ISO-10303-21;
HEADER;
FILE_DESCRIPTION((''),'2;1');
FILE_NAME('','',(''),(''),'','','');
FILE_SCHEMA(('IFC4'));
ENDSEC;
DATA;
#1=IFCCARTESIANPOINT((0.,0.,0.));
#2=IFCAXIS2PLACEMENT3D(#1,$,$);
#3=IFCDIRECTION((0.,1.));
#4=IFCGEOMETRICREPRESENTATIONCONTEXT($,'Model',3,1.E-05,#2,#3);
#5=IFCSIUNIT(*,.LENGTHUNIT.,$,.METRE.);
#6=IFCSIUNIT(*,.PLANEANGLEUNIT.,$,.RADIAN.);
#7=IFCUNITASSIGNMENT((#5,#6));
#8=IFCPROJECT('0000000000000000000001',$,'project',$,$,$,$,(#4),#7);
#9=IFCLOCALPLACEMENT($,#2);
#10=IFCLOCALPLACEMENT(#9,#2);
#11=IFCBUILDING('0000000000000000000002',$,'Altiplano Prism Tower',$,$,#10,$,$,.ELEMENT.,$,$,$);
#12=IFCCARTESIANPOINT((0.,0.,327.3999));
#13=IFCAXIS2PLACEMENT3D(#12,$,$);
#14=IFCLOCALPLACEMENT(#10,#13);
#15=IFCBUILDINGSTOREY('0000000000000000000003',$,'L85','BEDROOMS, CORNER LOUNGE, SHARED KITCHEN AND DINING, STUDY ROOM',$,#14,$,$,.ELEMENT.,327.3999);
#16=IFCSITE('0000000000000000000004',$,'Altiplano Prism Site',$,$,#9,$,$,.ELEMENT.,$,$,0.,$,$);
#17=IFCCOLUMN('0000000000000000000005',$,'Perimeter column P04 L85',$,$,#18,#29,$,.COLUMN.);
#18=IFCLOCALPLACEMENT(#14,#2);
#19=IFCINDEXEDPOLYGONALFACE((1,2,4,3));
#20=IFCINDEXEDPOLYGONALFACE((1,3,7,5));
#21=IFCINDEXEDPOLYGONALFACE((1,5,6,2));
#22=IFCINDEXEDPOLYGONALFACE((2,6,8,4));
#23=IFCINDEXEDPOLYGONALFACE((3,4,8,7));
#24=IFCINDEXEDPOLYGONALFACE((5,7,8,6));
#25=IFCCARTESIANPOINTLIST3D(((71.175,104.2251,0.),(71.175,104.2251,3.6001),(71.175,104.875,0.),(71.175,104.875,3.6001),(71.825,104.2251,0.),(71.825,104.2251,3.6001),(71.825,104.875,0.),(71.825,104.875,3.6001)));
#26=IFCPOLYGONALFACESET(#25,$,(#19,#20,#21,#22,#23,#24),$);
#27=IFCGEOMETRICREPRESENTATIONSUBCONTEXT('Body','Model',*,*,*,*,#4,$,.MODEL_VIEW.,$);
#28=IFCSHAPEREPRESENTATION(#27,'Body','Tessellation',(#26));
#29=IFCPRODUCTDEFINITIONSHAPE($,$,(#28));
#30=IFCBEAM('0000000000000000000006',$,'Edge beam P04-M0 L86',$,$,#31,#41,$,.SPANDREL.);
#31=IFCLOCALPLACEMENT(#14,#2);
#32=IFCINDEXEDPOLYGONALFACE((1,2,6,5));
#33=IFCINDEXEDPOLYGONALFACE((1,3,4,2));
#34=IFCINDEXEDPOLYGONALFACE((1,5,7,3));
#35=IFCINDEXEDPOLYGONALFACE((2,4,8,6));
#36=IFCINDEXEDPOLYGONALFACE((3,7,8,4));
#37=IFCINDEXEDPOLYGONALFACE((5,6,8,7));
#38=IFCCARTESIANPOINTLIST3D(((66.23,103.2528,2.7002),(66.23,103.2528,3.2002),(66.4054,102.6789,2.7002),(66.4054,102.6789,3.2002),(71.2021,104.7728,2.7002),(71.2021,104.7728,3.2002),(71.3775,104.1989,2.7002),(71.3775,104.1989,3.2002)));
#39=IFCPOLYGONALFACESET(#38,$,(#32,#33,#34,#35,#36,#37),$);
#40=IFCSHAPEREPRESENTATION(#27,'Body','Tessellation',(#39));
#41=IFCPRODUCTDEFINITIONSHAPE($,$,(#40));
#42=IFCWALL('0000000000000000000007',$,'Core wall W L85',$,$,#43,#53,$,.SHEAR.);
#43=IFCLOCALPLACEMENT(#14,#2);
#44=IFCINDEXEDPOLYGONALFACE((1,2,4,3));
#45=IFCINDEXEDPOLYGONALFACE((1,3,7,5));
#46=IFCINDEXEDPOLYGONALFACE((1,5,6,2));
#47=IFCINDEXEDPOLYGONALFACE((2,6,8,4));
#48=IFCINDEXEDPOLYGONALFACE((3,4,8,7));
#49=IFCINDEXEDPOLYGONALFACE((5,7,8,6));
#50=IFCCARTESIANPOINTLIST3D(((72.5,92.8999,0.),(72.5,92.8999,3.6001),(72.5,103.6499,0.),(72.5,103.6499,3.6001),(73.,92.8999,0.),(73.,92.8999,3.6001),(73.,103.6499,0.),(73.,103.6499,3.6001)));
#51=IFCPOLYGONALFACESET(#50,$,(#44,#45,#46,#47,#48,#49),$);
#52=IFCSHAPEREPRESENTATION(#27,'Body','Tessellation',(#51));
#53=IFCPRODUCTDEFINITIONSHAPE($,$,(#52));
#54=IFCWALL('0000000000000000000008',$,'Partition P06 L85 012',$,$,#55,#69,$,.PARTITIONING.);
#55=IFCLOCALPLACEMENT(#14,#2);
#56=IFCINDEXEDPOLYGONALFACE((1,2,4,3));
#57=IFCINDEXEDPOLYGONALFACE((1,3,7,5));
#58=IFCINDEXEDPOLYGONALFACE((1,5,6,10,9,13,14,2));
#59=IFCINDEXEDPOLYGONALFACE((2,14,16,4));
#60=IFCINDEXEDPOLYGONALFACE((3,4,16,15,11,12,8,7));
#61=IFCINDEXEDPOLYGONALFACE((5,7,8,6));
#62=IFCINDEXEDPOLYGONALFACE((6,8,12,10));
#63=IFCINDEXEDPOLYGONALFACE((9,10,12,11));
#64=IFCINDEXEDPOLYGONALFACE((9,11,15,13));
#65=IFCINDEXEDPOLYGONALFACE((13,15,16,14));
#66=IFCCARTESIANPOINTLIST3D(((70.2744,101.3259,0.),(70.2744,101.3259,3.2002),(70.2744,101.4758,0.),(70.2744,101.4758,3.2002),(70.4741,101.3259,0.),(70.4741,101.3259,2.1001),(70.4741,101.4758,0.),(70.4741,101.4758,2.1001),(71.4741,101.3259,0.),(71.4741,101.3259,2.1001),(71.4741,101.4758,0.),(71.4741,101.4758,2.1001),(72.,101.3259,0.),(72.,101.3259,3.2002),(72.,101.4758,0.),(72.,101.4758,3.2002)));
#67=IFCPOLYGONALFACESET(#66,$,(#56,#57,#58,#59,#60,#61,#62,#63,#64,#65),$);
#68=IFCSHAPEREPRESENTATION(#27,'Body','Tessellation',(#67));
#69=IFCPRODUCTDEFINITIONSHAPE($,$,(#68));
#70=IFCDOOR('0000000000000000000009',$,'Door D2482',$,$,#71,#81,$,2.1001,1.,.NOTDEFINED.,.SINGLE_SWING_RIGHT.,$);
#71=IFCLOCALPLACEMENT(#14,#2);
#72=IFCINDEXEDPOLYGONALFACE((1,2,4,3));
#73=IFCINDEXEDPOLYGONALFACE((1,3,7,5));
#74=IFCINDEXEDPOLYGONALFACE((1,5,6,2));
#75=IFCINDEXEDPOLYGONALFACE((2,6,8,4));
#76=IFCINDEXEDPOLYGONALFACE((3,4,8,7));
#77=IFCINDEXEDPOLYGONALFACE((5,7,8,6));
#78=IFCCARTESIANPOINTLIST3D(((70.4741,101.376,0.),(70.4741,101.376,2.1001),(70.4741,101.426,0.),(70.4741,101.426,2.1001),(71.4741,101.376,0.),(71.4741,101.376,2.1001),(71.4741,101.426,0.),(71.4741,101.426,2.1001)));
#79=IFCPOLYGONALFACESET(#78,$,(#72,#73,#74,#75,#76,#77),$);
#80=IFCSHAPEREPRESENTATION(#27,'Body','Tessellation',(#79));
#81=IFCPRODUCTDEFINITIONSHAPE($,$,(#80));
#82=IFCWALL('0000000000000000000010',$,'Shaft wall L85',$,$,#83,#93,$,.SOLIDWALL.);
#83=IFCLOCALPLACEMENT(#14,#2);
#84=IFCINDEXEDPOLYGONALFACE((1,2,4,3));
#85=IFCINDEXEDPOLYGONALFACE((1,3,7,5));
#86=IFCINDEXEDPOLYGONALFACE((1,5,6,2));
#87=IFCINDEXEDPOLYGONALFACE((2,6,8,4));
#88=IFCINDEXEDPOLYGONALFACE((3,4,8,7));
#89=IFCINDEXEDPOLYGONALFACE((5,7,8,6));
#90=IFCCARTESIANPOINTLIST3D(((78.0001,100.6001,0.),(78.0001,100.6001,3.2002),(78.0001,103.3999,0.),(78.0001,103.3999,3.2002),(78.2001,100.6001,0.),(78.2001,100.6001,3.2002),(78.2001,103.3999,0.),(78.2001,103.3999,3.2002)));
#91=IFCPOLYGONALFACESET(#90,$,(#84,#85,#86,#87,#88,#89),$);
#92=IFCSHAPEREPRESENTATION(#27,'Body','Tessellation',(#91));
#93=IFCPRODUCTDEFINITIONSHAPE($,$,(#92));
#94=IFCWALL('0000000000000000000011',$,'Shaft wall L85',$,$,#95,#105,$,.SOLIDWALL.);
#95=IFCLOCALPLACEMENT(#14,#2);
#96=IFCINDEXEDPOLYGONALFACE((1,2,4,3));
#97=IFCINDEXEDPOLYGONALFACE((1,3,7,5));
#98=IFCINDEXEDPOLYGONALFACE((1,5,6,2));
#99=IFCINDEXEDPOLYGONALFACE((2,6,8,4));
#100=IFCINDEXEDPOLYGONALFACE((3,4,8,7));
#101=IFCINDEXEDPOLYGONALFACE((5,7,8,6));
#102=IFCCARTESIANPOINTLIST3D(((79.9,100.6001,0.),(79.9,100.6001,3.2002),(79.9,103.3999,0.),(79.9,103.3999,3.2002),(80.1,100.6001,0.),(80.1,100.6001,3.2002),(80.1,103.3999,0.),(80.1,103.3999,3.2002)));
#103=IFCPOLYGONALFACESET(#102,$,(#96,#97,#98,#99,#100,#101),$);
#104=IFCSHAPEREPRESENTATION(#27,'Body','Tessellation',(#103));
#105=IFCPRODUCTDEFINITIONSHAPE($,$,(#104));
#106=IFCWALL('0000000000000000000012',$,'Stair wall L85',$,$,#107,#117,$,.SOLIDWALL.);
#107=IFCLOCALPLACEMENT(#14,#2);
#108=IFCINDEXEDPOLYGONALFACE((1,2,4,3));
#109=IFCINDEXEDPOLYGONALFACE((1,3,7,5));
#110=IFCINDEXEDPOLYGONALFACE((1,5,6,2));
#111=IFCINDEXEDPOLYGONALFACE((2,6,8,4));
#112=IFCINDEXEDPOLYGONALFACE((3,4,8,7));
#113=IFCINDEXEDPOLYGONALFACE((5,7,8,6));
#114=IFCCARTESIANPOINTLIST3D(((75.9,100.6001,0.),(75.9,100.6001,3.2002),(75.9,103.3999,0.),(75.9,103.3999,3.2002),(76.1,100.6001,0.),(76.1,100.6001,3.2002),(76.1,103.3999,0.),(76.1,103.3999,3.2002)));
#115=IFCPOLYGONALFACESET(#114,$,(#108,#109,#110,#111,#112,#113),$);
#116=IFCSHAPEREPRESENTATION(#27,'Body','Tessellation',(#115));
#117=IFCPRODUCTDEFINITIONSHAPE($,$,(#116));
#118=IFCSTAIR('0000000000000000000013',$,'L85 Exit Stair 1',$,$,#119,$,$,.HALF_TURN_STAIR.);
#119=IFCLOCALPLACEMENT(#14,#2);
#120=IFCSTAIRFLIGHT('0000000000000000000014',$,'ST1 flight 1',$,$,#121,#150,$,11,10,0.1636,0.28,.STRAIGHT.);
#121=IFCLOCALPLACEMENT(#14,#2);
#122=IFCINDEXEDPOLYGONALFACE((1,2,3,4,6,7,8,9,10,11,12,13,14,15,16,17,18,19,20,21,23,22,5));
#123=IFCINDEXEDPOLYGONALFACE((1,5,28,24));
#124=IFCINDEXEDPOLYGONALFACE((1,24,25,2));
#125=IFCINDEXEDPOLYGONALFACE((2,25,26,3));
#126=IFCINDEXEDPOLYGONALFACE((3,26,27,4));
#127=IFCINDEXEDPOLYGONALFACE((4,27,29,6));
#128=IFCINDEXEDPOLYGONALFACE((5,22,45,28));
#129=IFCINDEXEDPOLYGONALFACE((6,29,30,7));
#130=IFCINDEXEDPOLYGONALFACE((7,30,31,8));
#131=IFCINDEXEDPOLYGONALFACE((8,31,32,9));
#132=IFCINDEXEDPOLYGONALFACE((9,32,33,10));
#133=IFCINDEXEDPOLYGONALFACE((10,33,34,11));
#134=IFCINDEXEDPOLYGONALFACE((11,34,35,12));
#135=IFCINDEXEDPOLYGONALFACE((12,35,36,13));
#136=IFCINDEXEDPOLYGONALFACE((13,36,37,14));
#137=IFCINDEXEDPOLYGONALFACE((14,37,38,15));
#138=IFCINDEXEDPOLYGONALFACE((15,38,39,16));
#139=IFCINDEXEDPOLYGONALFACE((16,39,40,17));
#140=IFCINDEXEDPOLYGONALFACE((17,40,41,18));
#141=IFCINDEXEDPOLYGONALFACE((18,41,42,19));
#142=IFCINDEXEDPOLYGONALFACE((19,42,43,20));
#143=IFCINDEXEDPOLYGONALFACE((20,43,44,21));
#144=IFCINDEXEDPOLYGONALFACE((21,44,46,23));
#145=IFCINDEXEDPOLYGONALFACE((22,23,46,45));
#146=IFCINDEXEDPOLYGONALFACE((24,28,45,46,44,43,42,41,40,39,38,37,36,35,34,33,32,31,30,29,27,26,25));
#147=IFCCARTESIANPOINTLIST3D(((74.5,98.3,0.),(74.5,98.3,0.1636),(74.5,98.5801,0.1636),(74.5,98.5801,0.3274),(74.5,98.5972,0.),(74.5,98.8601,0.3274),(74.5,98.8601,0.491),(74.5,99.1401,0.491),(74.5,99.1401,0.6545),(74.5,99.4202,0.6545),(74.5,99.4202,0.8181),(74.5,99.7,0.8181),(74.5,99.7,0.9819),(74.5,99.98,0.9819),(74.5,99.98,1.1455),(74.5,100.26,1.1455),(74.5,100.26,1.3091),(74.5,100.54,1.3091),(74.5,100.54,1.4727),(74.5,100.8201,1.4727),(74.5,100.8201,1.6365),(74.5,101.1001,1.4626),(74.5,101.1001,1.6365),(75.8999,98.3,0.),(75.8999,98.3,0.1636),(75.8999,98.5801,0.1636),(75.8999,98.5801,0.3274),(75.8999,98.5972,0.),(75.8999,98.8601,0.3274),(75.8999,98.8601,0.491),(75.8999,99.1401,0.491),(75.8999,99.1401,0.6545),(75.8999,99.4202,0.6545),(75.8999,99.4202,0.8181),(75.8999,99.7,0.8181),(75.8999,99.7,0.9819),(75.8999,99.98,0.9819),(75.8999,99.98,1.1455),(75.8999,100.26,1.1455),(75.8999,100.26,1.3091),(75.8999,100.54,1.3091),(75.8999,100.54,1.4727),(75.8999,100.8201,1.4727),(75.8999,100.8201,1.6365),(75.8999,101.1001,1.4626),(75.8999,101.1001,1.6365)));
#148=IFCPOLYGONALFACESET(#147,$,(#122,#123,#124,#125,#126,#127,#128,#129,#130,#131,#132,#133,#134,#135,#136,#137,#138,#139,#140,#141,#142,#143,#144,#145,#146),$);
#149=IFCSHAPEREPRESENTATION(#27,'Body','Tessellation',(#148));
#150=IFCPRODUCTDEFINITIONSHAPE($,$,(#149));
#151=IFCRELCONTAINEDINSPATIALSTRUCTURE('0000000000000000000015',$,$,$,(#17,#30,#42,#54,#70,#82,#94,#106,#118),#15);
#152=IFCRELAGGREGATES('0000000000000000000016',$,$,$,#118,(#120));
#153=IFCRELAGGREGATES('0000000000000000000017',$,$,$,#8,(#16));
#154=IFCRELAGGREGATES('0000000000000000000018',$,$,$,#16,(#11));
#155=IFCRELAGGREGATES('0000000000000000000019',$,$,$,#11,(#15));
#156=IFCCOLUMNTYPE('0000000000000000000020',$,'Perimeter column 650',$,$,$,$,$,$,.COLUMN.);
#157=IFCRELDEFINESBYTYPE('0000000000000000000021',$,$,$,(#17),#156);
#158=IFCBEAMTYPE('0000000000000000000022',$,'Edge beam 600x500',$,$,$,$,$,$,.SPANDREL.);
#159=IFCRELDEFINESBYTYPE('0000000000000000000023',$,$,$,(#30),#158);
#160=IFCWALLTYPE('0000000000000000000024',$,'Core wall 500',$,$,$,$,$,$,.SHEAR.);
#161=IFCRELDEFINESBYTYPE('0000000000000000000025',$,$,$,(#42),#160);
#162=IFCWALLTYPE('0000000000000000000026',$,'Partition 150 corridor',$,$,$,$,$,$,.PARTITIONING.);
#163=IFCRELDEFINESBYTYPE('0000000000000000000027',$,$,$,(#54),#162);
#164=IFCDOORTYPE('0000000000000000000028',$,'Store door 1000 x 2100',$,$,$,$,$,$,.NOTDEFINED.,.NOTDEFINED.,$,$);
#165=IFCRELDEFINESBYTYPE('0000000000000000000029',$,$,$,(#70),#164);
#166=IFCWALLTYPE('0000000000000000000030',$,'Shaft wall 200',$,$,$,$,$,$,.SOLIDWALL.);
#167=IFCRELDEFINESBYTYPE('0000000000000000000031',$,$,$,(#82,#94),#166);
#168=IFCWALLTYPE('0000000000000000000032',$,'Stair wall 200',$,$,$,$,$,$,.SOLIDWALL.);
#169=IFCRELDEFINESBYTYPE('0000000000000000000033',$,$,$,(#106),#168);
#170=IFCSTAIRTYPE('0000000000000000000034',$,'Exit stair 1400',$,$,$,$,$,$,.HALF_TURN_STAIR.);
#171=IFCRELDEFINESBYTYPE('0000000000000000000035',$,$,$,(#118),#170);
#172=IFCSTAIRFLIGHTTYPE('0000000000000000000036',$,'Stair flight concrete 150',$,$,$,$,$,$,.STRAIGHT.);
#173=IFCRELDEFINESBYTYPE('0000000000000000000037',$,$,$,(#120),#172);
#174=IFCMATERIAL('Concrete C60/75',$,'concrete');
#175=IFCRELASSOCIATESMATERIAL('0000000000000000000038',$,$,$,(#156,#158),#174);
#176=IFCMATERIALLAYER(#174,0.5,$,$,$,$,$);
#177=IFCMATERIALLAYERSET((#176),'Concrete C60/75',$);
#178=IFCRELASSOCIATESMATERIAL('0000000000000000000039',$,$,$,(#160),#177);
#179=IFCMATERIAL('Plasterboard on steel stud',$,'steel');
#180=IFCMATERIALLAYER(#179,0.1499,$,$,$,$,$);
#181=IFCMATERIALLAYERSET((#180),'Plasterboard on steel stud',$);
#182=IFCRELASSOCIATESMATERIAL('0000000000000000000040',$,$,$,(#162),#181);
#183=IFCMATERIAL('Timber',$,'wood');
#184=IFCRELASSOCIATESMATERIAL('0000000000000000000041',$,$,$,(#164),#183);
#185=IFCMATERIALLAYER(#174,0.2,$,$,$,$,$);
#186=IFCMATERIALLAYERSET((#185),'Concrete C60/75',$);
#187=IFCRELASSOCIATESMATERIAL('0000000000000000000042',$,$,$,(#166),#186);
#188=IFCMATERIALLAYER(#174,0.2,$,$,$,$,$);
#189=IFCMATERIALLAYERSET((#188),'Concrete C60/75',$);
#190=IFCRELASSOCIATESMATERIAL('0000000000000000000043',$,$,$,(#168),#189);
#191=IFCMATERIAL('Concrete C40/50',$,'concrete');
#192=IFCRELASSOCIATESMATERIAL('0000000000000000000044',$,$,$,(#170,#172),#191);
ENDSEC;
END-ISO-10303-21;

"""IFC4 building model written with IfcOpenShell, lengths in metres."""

from ifc_helpers import new_model, si_unit, direction, frame, frame_2d, origin, origin_2d, place, context, subcontext, project, spatial, polyline, rectangle, outline, extrude, material, layer, layer_set, material_profile, profile_set, type_object, element, fill, aggregate, save


model = new_model("IFC4")

# Units and contexts
model_context = context("Model", 3, precision=1e-05, world=origin(), true_north=direction((0.0, 1.0)))
body_context = subcontext(model_context, "Body", "Model", "MODEL_VIEW")
ifc_project = project(units=[si_unit("LENGTHUNIT", "METRE"), si_unit("PLANEANGLEUNIT", "RADIAN")], contexts=[model_context])

# Site, building, storey
site_placement = place(None, origin())
site = spatial("IfcSite", under=ifc_project, at=site_placement, Name="Altiplano Prism Site", CompositionType="ELEMENT", RefElevation=0.0)
building_placement = place(site_placement, origin())
building = spatial("IfcBuilding", under=site, at=building_placement, Name="Altiplano Prism Tower", CompositionType="ELEMENT")
storey_placement = place(building_placement, frame((0.0, 0.0, 327.3999)))
storey = spatial("IfcBuildingStorey", under=building, at=storey_placement, Name="L85", Description="BEDROOMS, CORNER LOUNGE, SHARED KITCHEN AND DINING, STUDY ROOM", CompositionType="ELEMENT", Elevation=327.3999)

# Column
ifc_material_1 = material(Name="Concrete C60/75", Category="concrete")
ifc_material_profile_1 = material_profile(ifc_material_1, rectangle(XDim=0.6499, YDim=0.6499, at=origin_2d()), Name="Perimeter column 650")
ifc_profile_set_1 = profile_set([ifc_material_profile_1], Name="Concrete C60/75")
column_type = type_object("IfcColumnType", Name="Perimeter column 650", PredefinedType="COLUMN", material=ifc_profile_set_1)
column_placement = place(storey_placement, frame((71.5, 104.55, 0.0), z_axis=(0.0, 0.0, 1.0), x_axis=(1.0, 0.0, 0.0)))
element("IfcColumn", 1, at=column_placement, inside=storey, type_object=column_type, Name="Perimeter column P04 L85", PredefinedType="COLUMN", context=body_context, shape_type="SweptSolid", body=[
    extrude(rectangle(XDim=0.6499, YDim=0.6499, at=origin_2d()), origin(), (0.0, 0.0, 1.0), 3.6001),
])

# Beam
ifc_material_profile_2 = material_profile(ifc_material_1, rectangle(XDim=0.6001, YDim=0.5, at=origin_2d()), Name="Edge beam 600x500")
ifc_profile_set_2 = profile_set([ifc_material_profile_2], Name="Concrete C60/75")
beam_type = type_object("IfcBeamType", Name="Edge beam 600x500", PredefinedType="SPANDREL", material=ifc_profile_set_2)
beam_placement = place(storey_placement, frame((71.2898, 104.4858, 2.9502), z_axis=(-0.956311, -0.29235, 0.0), x_axis=(0.29235, -0.956311, 0.0)))
element("IfcBeam", 2, at=beam_placement, inside=storey, type_object=beam_type, Name="Edge beam P04-M0 L86", PredefinedType="SPANDREL", context=body_context, shape_type="SweptSolid", body=[
    extrude(rectangle(XDim=0.6001, YDim=0.5, at=origin_2d()), origin(), (0.0, 0.0, 1.0), 5.1992),
])

# Wall
ifc_layer_1 = layer(ifc_material_1, 0.5)
ifc_layer_set_1 = layer_set([ifc_layer_1], Name="Concrete C60/75")
wall_type_1 = type_object("IfcWallType", Name="Core wall 500", PredefinedType="SHEAR", material=ifc_layer_set_1)
wall_1_placement = place(storey_placement, frame((72.75, 103.6499, 0.0), z_axis=(0.0, 0.0, 1.0), x_axis=(0.0, -1.0, 0.0)))
element("IfcWall", 3, at=wall_1_placement, inside=storey, type_object=wall_type_1, Name="Core wall W L85", PredefinedType="SHEAR", context=body_context, shape_type="SweptSolid", body=[
    extrude(rectangle(XDim=10.75, YDim=0.5, at=frame_2d((5.375, 0.0))), origin(), (0.0, 0.0, 1.0), 3.6001),
])

# Wall, opening, door
ifc_material_2 = material(Name="Plasterboard on steel stud", Category="steel")
ifc_layer_2 = layer(ifc_material_2, 0.1499)
ifc_layer_set_2 = layer_set([ifc_layer_2], Name="Plasterboard on steel stud")
wall_type_2 = type_object("IfcWallType", Name="Partition 150 corridor", PredefinedType="PARTITIONING", material=ifc_layer_set_2)
wall_2_placement = place(storey_placement, frame((72.0, 101.4009, 0.0), z_axis=(0.0, 0.0, 1.0), x_axis=(-1.0, 0.0, 0.0)))
wall_2 = element("IfcWall", 4, at=wall_2_placement, inside=storey, type_object=wall_type_2, Name="Partition P06 L85 012", PredefinedType="PARTITIONING", context=body_context, shape_type="SweptSolid", body=[
    extrude(rectangle(XDim=1.7256, YDim=0.1499, at=frame_2d((0.8628, 0.0))), origin(), (0.0, 0.0, 1.0), 3.2002),
])
opening_1_placement = place(wall_2_placement, frame((0.5259, 0.0, 0.0)))
opening_1 = element("IfcOpeningElement", 5, at=opening_1_placement, cuts=wall_2, PredefinedType="OPENING", context=body_context, shape_type="SweptSolid", body=[
    extrude(rectangle(XDim=1.0, YDim=2.1001, at=frame_2d((0.5, 1.05))), frame((0.0, 0.0854, 0.0), z_axis=(0.0, -1.0, 0.0), x_axis=(1.0, 0.0, 0.0)), (0.0, 0.0, 1.0), 0.1709),
])
ifc_material_3 = material(Name="Timber", Category="wood")
door_type_1 = type_object("IfcDoorType", Name="Store door 1000 x 2100", OperationType="NOTDEFINED", PredefinedType="NOTDEFINED", material=ifc_material_3)
door_1_placement = place(opening_1_placement, origin())
door_1 = element("IfcDoor", 6, at=door_1_placement, inside=storey, type_object=door_type_1, Name="Door D2482", OperationType="SINGLE_SWING_RIGHT", OverallHeight=2.1001, OverallWidth=1.0, PredefinedType="NOTDEFINED", context=body_context, shape_type="SweptSolid", body=[
    extrude(rectangle(XDim=1.0, YDim=2.1001, at=frame_2d((0.5, 1.05))), frame((0.0, 0.0249, 0.0), z_axis=(0.0, -1.0, 0.0), x_axis=(1.0, 0.0, 0.0)), (0.0, 0.0, 1.0), 0.05),
])
fill(opening_1, door_1)

# Walls
ifc_layer_3 = layer(ifc_material_1, 0.2)
ifc_layer_set_3 = layer_set([ifc_layer_3], Name="Concrete C60/75")
wall_type_3 = type_object("IfcWallType", Name="Shaft wall 200", PredefinedType="SOLIDWALL", material=ifc_layer_set_3)
for number, where, z_axis, x_axis, name in (
    (7, (78.1001, 100.6001, 0.0), (0.0, 0.0, 1.0), (0.0, 1.0, 0.0), "Shaft wall L85"),
    (8, (80.0, 100.6001, 0.0), (0.0, 0.0, 1.0), (0.0, 1.0, 0.0), "Shaft wall L85"),
):
    element("IfcWall", number, at=place(storey_placement, frame(where, z_axis=z_axis, x_axis=x_axis)), inside=storey, type_object=wall_type_3, Name=name, PredefinedType="SOLIDWALL", context=body_context, shape_type="SweptSolid", body=[
        extrude(rectangle(XDim=2.7998, YDim=0.2, at=frame_2d((1.3999, 0.0))), origin(), (0.0, 0.0, 1.0), 3.2002),
    ])

# Shared definitions
ifc_layer_4 = layer(ifc_material_1, 0.2)
ifc_layer_set_4 = layer_set([ifc_layer_4], Name="Concrete C60/75")
wall_type_4 = type_object("IfcWallType", Name="Stair wall 200", PredefinedType="SOLIDWALL", material=ifc_layer_set_4)

# Wall
wall_3_placement = place(storey_placement, frame((76.0, 100.6001, 0.0), z_axis=(0.0, 0.0, 1.0), x_axis=(0.0, 1.0, 0.0)))
element("IfcWall", 9, at=wall_3_placement, inside=storey, type_object=wall_type_4, Name="Stair wall L85", PredefinedType="SOLIDWALL", context=body_context, shape_type="SweptSolid", body=[
    extrude(rectangle(XDim=2.7998, YDim=0.2, at=frame_2d((1.3999, 0.0))), origin(), (0.0, 0.0, 1.0), 3.2002),
])

# Stair, stair flight
ifc_material_4 = material(Name="Concrete C40/50", Category="concrete")
stair_type = type_object("IfcStairType", Name="Exit stair 1400", PredefinedType="HALF_TURN_STAIR", material=ifc_material_4)
stair_placement = place(storey_placement, origin())
stair = element("IfcStair", 10, at=stair_placement, inside=storey, type_object=stair_type, Name="L85 Exit Stair 1", PredefinedType="HALF_TURN_STAIR")
stair_flight_type = type_object("IfcStairFlightType", Name="Stair flight concrete 150", PredefinedType="STRAIGHT", material=ifc_material_4)
stair_flight_1_placement = place(storey_placement, frame((75.2, 98.3, 0.0), z_axis=(0.0, 0.0, 1.0), x_axis=(0.0, 1.0, 0.0)))
stair_flight_1 = element("IfcStairFlight", 11, at=stair_flight_1_placement, type_object=stair_flight_type, Name="ST1 flight 1", NumberOfRisers=11, NumberOfTreads=10, PredefinedType="STRAIGHT", RiserHeight=0.1636, TreadLength=0.28, context=body_context, shape_type="SweptSolid", body=[
    extrude(outline(polyline([(0.0, 0.0), (0.0, 0.1636), (0.28, 0.1636), (0.28, 0.3274), (0.5601, 0.3274), (0.5601, 0.491), (0.8401, 0.491), (0.8401, 0.6545), (1.1201, 0.6545), (1.1201, 0.8181), (1.3999, 0.8181), (1.3999, 0.9819), (1.6799, 0.9819), (1.6799, 1.1455), (1.96, 1.1455), (1.96, 1.3091), (2.24, 1.3091), (2.24, 1.4727), (2.52, 1.4727), (2.52, 1.6365), (2.8, 1.6365), (2.8, 1.8), (2.8, 1.4626), (0.2971, 0.0), (0.0, 0.0)])), frame((0.0, 0.7, 0.0), z_axis=(0.0, -1.0, 0.0), x_axis=(1.0, 0.0, 0.0)), (0.0, 0.0, 1.0), 1.3999),
])
aggregate(stair, [stair_flight_1])

save(model, "model.ifc")
